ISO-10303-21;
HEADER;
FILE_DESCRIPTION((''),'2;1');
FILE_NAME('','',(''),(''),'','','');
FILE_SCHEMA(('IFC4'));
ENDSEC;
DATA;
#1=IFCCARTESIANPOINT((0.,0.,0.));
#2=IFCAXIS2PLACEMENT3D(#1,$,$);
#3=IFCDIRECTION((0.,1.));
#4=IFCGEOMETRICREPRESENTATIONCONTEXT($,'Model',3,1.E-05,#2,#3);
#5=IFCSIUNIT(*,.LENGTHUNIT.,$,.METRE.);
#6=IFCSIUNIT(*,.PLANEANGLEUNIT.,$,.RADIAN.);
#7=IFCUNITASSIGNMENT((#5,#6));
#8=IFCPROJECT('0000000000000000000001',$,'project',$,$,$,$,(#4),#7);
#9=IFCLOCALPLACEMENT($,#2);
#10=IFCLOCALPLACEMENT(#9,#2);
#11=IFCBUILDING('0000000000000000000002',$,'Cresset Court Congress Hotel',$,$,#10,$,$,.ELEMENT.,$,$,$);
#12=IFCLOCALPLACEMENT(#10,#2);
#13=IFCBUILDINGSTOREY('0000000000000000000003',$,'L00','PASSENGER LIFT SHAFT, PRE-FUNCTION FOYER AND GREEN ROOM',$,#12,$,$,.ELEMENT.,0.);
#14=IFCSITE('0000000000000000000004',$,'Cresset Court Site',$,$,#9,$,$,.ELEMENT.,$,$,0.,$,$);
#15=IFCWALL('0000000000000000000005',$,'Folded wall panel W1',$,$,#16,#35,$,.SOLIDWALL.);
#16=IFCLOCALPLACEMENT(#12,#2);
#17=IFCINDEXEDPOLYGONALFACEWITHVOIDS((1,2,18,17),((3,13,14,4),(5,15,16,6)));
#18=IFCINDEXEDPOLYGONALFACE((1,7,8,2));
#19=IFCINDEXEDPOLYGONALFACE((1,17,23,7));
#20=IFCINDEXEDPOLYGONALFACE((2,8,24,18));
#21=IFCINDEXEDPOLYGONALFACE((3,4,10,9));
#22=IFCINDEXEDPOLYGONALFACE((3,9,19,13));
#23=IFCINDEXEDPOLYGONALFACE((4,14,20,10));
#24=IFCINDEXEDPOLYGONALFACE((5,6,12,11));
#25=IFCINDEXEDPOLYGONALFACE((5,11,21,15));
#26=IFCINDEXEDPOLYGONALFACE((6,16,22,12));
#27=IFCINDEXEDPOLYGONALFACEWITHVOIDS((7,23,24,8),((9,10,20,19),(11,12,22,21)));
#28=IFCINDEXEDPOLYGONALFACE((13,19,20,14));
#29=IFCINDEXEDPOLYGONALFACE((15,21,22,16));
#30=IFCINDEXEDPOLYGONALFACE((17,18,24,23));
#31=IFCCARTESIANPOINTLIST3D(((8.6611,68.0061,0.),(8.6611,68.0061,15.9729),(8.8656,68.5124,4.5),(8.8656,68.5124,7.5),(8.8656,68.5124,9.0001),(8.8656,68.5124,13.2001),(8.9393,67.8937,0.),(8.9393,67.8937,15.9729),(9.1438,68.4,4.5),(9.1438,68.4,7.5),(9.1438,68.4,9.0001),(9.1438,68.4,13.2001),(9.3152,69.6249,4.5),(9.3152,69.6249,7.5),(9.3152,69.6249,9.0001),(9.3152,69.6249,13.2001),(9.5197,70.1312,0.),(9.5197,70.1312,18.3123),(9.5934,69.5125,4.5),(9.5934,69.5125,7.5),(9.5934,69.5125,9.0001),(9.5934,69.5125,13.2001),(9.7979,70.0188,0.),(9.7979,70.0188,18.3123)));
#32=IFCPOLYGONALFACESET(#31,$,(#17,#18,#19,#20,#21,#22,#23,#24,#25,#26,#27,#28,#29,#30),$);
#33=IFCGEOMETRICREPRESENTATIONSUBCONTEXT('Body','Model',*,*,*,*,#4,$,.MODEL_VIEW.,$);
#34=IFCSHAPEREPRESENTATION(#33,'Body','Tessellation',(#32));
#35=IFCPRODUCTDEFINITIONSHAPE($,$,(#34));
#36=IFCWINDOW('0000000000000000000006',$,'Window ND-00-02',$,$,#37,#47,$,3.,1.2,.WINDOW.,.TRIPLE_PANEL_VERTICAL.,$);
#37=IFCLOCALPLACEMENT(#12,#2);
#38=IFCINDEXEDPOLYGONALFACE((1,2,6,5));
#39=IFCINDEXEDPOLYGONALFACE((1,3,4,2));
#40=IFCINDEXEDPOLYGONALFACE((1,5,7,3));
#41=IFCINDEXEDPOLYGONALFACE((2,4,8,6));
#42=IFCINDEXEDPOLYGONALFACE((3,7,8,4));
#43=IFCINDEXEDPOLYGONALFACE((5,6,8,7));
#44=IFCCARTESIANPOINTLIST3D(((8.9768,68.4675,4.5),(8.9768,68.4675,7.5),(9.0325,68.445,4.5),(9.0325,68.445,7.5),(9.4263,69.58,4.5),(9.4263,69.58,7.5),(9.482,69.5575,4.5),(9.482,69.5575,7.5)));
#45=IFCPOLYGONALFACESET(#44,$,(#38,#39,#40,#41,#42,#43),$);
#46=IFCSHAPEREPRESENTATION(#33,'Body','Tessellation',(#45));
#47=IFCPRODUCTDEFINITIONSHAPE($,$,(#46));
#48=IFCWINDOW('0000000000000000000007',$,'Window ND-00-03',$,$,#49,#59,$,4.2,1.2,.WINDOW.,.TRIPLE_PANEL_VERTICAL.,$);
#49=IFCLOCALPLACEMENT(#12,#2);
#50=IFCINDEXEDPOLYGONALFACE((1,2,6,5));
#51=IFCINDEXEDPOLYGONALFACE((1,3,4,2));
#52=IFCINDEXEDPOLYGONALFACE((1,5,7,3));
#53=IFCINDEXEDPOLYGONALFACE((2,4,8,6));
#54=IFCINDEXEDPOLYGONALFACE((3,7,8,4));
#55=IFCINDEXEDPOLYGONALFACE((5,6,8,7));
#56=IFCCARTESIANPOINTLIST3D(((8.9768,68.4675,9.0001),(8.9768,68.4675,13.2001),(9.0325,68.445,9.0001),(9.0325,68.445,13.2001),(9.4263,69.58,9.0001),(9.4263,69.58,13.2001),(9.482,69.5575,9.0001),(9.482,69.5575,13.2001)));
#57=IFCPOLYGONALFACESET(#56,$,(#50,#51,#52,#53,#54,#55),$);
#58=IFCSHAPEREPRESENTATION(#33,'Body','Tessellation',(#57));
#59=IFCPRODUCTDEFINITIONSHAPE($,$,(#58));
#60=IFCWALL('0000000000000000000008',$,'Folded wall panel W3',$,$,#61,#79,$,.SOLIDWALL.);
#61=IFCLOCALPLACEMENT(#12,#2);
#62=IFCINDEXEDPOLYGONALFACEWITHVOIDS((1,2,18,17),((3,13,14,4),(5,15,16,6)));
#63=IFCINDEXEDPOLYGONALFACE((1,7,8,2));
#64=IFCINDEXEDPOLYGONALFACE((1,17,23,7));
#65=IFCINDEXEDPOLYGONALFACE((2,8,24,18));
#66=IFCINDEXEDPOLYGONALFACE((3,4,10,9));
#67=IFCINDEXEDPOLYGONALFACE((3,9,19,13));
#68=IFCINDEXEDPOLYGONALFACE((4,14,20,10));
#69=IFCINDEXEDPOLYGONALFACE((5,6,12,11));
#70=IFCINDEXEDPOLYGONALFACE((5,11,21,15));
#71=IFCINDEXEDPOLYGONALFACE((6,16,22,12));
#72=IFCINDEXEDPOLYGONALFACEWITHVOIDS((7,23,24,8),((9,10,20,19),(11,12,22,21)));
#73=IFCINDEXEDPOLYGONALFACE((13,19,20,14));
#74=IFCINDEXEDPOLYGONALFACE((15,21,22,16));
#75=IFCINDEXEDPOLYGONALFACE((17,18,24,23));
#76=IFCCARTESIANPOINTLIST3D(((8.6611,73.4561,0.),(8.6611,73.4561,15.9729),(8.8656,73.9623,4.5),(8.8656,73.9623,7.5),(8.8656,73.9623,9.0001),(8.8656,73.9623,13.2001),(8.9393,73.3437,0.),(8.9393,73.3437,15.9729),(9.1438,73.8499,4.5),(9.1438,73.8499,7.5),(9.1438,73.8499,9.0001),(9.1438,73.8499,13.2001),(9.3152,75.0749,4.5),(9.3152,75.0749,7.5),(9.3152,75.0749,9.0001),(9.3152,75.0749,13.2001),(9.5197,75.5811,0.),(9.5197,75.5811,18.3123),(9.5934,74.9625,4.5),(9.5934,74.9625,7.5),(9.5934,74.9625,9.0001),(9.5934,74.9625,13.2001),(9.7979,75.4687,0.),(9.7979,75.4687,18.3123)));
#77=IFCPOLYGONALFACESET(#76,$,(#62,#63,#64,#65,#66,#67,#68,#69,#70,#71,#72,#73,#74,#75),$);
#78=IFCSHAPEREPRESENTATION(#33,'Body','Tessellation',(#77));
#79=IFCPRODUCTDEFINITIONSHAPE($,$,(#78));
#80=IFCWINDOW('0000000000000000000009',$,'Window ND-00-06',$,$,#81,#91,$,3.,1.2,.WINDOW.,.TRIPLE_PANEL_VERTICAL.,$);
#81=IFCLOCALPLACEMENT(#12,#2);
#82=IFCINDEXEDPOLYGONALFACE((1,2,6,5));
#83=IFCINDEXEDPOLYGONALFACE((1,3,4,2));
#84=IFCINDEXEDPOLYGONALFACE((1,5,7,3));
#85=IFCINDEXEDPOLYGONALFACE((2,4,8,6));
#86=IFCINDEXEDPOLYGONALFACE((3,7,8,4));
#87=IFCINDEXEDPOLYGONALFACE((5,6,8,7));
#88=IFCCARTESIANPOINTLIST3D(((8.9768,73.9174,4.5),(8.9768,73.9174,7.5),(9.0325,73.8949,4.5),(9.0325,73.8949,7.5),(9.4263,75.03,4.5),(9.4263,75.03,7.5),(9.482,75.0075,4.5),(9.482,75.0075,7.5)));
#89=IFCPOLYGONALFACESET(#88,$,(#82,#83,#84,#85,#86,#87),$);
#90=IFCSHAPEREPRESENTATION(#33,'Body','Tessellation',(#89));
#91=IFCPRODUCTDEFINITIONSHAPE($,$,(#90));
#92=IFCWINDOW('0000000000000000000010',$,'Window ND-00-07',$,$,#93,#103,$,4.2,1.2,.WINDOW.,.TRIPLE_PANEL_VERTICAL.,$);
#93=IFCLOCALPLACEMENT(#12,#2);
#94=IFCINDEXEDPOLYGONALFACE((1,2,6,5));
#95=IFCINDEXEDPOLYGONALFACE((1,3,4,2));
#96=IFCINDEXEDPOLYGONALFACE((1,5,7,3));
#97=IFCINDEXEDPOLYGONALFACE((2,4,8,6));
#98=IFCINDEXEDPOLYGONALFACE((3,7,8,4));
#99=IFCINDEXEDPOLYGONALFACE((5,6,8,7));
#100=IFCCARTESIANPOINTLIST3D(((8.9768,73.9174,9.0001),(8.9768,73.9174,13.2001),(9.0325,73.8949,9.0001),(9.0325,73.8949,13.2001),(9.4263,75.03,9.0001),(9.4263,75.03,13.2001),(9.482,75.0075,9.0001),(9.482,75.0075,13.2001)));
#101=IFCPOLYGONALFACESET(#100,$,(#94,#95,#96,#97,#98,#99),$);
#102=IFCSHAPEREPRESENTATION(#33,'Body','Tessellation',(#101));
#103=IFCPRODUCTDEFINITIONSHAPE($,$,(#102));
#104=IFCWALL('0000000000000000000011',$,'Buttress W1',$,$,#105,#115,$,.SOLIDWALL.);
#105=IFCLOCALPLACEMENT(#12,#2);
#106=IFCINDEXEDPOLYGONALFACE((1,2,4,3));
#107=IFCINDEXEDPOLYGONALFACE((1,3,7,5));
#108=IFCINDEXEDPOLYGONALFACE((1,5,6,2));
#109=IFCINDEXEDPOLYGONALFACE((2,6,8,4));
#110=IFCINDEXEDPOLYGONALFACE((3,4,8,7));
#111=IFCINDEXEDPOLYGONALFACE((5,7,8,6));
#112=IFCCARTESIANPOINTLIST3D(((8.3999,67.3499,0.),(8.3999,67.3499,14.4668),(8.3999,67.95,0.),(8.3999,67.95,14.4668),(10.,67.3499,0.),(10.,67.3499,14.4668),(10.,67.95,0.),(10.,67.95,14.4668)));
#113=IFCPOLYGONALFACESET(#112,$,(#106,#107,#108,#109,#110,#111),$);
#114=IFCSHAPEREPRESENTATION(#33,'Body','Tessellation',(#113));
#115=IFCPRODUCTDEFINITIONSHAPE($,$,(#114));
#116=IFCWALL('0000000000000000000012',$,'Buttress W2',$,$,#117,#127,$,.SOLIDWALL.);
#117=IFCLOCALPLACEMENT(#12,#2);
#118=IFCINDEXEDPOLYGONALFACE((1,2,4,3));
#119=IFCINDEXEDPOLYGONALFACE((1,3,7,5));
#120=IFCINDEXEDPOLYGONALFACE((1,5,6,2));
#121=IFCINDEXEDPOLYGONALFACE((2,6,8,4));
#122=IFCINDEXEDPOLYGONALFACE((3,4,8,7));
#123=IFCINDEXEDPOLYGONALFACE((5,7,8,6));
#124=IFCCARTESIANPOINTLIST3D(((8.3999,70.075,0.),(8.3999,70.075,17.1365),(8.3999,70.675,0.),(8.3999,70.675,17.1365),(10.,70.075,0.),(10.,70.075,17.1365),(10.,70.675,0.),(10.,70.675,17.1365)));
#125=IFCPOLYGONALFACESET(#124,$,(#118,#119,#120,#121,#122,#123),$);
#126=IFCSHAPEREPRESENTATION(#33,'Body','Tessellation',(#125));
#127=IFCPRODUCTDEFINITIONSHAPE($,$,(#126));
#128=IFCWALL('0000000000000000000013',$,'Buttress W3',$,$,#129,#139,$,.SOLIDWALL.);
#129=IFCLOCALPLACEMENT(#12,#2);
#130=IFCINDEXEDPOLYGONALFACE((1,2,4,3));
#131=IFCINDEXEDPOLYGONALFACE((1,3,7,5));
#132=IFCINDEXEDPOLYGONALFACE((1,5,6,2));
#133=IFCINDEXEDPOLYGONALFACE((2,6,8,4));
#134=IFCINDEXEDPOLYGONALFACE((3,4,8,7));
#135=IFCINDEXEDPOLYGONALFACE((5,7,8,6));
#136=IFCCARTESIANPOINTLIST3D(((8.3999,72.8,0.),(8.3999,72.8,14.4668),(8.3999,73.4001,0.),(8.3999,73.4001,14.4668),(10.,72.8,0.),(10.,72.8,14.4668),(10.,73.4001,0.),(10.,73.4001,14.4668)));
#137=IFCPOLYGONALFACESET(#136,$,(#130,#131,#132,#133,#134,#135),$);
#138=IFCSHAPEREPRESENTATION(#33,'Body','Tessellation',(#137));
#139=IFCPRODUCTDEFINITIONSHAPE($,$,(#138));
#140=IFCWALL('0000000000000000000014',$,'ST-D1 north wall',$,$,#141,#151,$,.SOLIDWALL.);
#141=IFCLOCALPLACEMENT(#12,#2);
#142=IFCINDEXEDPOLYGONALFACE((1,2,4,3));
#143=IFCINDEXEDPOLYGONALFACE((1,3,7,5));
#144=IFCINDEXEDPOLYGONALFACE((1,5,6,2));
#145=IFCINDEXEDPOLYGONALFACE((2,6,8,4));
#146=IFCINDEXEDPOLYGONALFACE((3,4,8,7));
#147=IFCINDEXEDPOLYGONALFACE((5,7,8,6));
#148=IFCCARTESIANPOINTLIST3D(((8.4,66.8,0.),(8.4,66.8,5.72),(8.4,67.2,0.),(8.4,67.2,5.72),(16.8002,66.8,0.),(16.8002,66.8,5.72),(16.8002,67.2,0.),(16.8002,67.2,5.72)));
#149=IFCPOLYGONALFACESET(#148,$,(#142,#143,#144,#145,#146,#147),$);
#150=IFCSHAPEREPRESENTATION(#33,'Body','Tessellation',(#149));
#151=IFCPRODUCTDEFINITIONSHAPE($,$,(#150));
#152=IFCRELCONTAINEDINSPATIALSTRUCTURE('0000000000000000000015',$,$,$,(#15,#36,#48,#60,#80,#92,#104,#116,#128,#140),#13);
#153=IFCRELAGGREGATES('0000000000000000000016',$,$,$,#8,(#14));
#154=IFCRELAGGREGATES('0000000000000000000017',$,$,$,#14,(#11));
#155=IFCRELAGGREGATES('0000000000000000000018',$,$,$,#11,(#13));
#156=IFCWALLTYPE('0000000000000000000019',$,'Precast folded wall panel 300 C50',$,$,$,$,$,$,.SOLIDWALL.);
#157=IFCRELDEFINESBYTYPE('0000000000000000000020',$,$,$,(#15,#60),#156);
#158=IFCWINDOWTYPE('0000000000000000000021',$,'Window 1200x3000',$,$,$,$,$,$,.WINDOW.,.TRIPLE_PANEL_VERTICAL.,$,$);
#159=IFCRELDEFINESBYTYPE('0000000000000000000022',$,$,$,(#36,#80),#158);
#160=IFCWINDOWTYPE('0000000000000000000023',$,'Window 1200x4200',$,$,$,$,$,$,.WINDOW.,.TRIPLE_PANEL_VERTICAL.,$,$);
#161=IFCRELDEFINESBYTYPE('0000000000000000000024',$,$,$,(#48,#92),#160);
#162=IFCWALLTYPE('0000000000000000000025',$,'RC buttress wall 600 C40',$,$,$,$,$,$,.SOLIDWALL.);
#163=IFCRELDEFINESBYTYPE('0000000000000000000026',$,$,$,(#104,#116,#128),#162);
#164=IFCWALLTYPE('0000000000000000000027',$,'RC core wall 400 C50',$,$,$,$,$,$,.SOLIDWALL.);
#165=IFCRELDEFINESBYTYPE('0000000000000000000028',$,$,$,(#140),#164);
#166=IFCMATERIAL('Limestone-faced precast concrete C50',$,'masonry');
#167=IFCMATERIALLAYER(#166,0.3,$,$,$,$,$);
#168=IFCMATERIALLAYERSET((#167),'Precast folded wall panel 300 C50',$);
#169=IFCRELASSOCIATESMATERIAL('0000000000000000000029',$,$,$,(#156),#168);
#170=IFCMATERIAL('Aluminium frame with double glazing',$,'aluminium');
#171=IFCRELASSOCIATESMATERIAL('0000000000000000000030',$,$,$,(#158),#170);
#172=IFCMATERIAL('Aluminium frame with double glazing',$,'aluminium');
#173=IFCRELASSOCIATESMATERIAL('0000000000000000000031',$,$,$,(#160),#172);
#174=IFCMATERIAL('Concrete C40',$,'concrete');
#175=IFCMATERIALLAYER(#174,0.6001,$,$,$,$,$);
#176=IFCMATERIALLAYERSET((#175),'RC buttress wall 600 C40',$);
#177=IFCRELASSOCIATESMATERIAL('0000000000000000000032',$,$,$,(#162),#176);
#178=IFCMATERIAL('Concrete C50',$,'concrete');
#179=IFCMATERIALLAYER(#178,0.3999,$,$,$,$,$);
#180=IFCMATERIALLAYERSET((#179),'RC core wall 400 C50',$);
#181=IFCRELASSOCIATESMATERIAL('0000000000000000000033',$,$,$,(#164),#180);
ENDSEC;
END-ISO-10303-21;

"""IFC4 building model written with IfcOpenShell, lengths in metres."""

from ifc_helpers import new_model, si_unit, direction, frame, frame_2d, origin, place, context, subcontext, project, spatial, polyline, rectangle, outline, extrude, material, layer, layer_set, type_object, element, fill, save


model = new_model("IFC4")

# Units and contexts
model_context = context("Model", 3, precision=1e-05, world=origin(), true_north=direction((0.0, 1.0)))
body_context = subcontext(model_context, "Body", "Model", "MODEL_VIEW")
ifc_project = project(units=[si_unit("LENGTHUNIT", "METRE"), si_unit("PLANEANGLEUNIT", "RADIAN")], contexts=[model_context])

# Site, building, storey
site_placement = place(None, origin())
site = spatial("IfcSite", under=ifc_project, at=site_placement, Name="Cresset Court Site", CompositionType="ELEMENT", RefElevation=0.0)
building_placement = place(site_placement, origin())
building = spatial("IfcBuilding", under=site, at=building_placement, Name="Cresset Court Congress Hotel", CompositionType="ELEMENT")
storey_placement = place(building_placement, origin())
storey = spatial("IfcBuildingStorey", under=building, at=storey_placement, Name="L00", Description="PASSENGER LIFT SHAFT, PRE-FUNCTION FOYER AND GREEN ROOM", CompositionType="ELEMENT", Elevation=0.0)

# Walls, openings, windows
ifc_material_1 = material(Name="Limestone-faced precast concrete C50", Category="masonry")
ifc_layer_1 = layer(ifc_material_1, 0.3)
ifc_layer_set_1 = layer_set([ifc_layer_1], Name="Precast folded wall panel 300 C50")
wall_type_1 = type_object("IfcWallType", Name="Precast folded wall panel 300 C50", PredefinedType="SOLIDWALL", material=ifc_layer_set_1)
wall_1_placement = place(storey_placement, frame((8.8, 67.95, 0.0), z_axis=(0.0, 0.0, 1.0), x_axis=(0.374639, 0.927171, 0.0)))
wall_1 = element("IfcWall", 1, at=wall_1_placement, inside=storey, type_object=wall_type_1, Name="Folded wall panel W1", PredefinedType="SOLIDWALL", context=body_context, shape_type="SweptSolid", body=[
    extrude(outline(polyline([(0.0, 0.0), (2.292, 0.0), (2.292, 18.3123), (0.0, 15.9729), (0.0, 0.0)])), frame((0.0, 0.1499, 0.0), z_axis=(0.0, -1.0, 0.0), x_axis=(1.0, 0.0, 0.0)), (0.0, 0.0, 1.0), 0.3),
])
opening_1_placement = place(wall_1_placement, frame((0.5459, 0.0, 4.5)))
opening_1 = element("IfcOpeningElement", 2, at=opening_1_placement, cuts=wall_1, PredefinedType="OPENING", context=body_context, shape_type="SweptSolid", body=[
    extrude(rectangle(XDim=1.2, YDim=3.0, at=frame_2d((0.6001, 1.5))), frame((0.0, 0.1599, 0.0), z_axis=(0.0, -1.0, 0.0), x_axis=(1.0, 0.0, 0.0)), (0.0, 0.0, 1.0), 0.3201),
])
opening_2_placement = place(wall_1_placement, frame((0.5459, 0.0, 9.0)))
opening_2 = element("IfcOpeningElement", 3, at=opening_2_placement, cuts=wall_1, PredefinedType="OPENING", context=body_context, shape_type="SweptSolid", body=[
    extrude(rectangle(XDim=1.2, YDim=4.2, at=frame_2d((0.6001, 2.1001))), frame((0.0, 0.1599, 0.0), z_axis=(0.0, -1.0, 0.0), x_axis=(1.0, 0.0, 0.0)), (0.0, 0.0, 1.0), 0.3201),
])
ifc_material_2 = material(Name="Aluminium frame with double glazing", Category="aluminium")
window_type_1 = type_object("IfcWindowType", Name="Window 1200x3000", PartitioningType="TRIPLE_PANEL_VERTICAL", PredefinedType="WINDOW", material=ifc_material_2)
window_1_placement = place(opening_1_placement, origin())
window_1 = element("IfcWindow", 4, at=window_1_placement, inside=storey, type_object=window_type_1, Name="Window ND-00-02", OverallHeight=3.0, OverallWidth=1.2, PartitioningType="TRIPLE_PANEL_VERTICAL", PredefinedType="WINDOW", context=body_context, shape_type="SweptSolid", body=[
    extrude(rectangle(XDim=1.2, YDim=3.0, at=frame_2d((0.6001, 1.5))), frame((0.0, 0.03, 0.0), z_axis=(0.0, -1.0, 0.0), x_axis=(1.0, 0.0, 0.0)), (0.0, 0.0, 1.0), 0.0601),
])
fill(opening_1, window_1)
ifc_material_3 = material(Name="Aluminium frame with double glazing", Category="aluminium")
window_type_2 = type_object("IfcWindowType", Name="Window 1200x4200", PartitioningType="TRIPLE_PANEL_VERTICAL", PredefinedType="WINDOW", material=ifc_material_3)
window_2_placement = place(opening_2_placement, origin())
window_2 = element("IfcWindow", 5, at=window_2_placement, inside=storey, type_object=window_type_2, Name="Window ND-00-03", OverallHeight=4.2, OverallWidth=1.2, PartitioningType="TRIPLE_PANEL_VERTICAL", PredefinedType="WINDOW", context=body_context, shape_type="SweptSolid", body=[
    extrude(rectangle(XDim=1.2, YDim=4.2, at=frame_2d((0.6001, 2.1001))), frame((0.0, 0.03, 0.0), z_axis=(0.0, -1.0, 0.0), x_axis=(1.0, 0.0, 0.0)), (0.0, 0.0, 1.0), 0.0601),
])
fill(opening_2, window_2)
wall_2_placement = place(storey_placement, frame((8.8, 73.3999, 0.0), z_axis=(0.0, 0.0, 1.0), x_axis=(0.374639, 0.927171, 0.0)))
wall_2 = element("IfcWall", 6, at=wall_2_placement, inside=storey, type_object=wall_type_1, Name="Folded wall panel W3", PredefinedType="SOLIDWALL", context=body_context, shape_type="SweptSolid", body=[
    extrude(outline(polyline([(0.0, 0.0), (2.292, 0.0), (2.292, 18.3123), (0.0, 15.9729), (0.0, 0.0)])), frame((0.0, 0.1499, 0.0), z_axis=(0.0, -1.0, 0.0), x_axis=(1.0, 0.0, 0.0)), (0.0, 0.0, 1.0), 0.3),
])
opening_3_placement = place(wall_2_placement, frame((0.5459, 0.0, 4.5)))
opening_3 = element("IfcOpeningElement", 7, at=opening_3_placement, cuts=wall_2, PredefinedType="OPENING", context=body_context, shape_type="SweptSolid", body=[
    extrude(rectangle(XDim=1.2, YDim=3.0, at=frame_2d((0.6001, 1.5))), frame((0.0, 0.1599, 0.0), z_axis=(0.0, -1.0, 0.0), x_axis=(1.0, 0.0, 0.0)), (0.0, 0.0, 1.0), 0.3201),
])
opening_4_placement = place(wall_2_placement, frame((0.5459, 0.0, 9.0)))
opening_4 = element("IfcOpeningElement", 8, at=opening_4_placement, cuts=wall_2, PredefinedType="OPENING", context=body_context, shape_type="SweptSolid", body=[
    extrude(rectangle(XDim=1.2, YDim=4.2, at=frame_2d((0.6001, 2.1001))), frame((0.0, 0.1599, 0.0), z_axis=(0.0, -1.0, 0.0), x_axis=(1.0, 0.0, 0.0)), (0.0, 0.0, 1.0), 0.3201),
])
window_3_placement = place(opening_3_placement, origin())
window_3 = element("IfcWindow", 9, at=window_3_placement, inside=storey, type_object=window_type_1, Name="Window ND-00-06", OverallHeight=3.0, OverallWidth=1.2, PartitioningType="TRIPLE_PANEL_VERTICAL", PredefinedType="WINDOW", context=body_context, shape_type="SweptSolid", body=[
    extrude(rectangle(XDim=1.2, YDim=3.0, at=frame_2d((0.6001, 1.5))), frame((0.0, 0.03, 0.0), z_axis=(0.0, -1.0, 0.0), x_axis=(1.0, 0.0, 0.0)), (0.0, 0.0, 1.0), 0.0601),
])
fill(opening_3, window_3)
window_4_placement = place(opening_4_placement, origin())
window_4 = element("IfcWindow", 10, at=window_4_placement, inside=storey, type_object=window_type_2, Name="Window ND-00-07", OverallHeight=4.2, OverallWidth=1.2, PartitioningType="TRIPLE_PANEL_VERTICAL", PredefinedType="WINDOW", context=body_context, shape_type="SweptSolid", body=[
    extrude(rectangle(XDim=1.2, YDim=4.2, at=frame_2d((0.6001, 2.1001))), frame((0.0, 0.03, 0.0), z_axis=(0.0, -1.0, 0.0), x_axis=(1.0, 0.0, 0.0)), (0.0, 0.0, 1.0), 0.0601),
])
fill(opening_4, window_4)

# Walls
ifc_material_4 = material(Name="Concrete C40", Category="concrete")
ifc_layer_2 = layer(ifc_material_4, 0.6001)
ifc_layer_set_2 = layer_set([ifc_layer_2], Name="RC buttress wall 600 C40")
wall_type_2 = type_object("IfcWallType", Name="RC buttress wall 600 C40", PredefinedType="SOLIDWALL", material=ifc_layer_set_2)
wall_3_placement = place(storey_placement, frame((8.3999, 67.6499, 0.0), z_axis=(0.0, 0.0, 1.0), x_axis=(1.0, 0.0, 0.0)))
element("IfcWall", 11, at=wall_3_placement, inside=storey, type_object=wall_type_2, Name="Buttress W1", PredefinedType="SOLIDWALL", context=body_context, shape_type="SweptSolid", body=[
    extrude(rectangle(XDim=1.6001, YDim=0.6001, at=frame_2d((0.8, 0.0))), origin(), (0.0, 0.0, 1.0), 14.4668),
])
wall_4_placement = place(storey_placement, frame((8.3999, 70.375, 0.0), z_axis=(0.0, 0.0, 1.0), x_axis=(1.0, 0.0, 0.0)))
element("IfcWall", 12, at=wall_4_placement, inside=storey, type_object=wall_type_2, Name="Buttress W2", PredefinedType="SOLIDWALL", context=body_context, shape_type="SweptSolid", body=[
    extrude(rectangle(XDim=1.6001, YDim=0.6001, at=frame_2d((0.8, 0.0))), origin(), (0.0, 0.0, 1.0), 17.1365),
])
wall_5_placement = place(storey_placement, frame((8.3999, 73.1001, 0.0), z_axis=(0.0, 0.0, 1.0), x_axis=(1.0, 0.0, 0.0)))
element("IfcWall", 13, at=wall_5_placement, inside=storey, type_object=wall_type_2, Name="Buttress W3", PredefinedType="SOLIDWALL", context=body_context, shape_type="SweptSolid", body=[
    extrude(rectangle(XDim=1.6001, YDim=0.6001, at=frame_2d((0.8, 0.0))), origin(), (0.0, 0.0, 1.0), 14.4668),
])
ifc_material_5 = material(Name="Concrete C50", Category="concrete")
ifc_layer_3 = layer(ifc_material_5, 0.3999)
ifc_layer_set_3 = layer_set([ifc_layer_3], Name="RC core wall 400 C50")
wall_type_3 = type_object("IfcWallType", Name="RC core wall 400 C50", PredefinedType="SOLIDWALL", material=ifc_layer_set_3)
wall_6_placement = place(storey_placement, frame((8.3999, 67.0, 0.0), z_axis=(0.0, 0.0, 1.0), x_axis=(1.0, 0.0, 0.0)))
element("IfcWall", 14, at=wall_6_placement, inside=storey, type_object=wall_type_3, Name="ST-D1 north wall", PredefinedType="SOLIDWALL", context=body_context, shape_type="SweptSolid", body=[
    extrude(rectangle(XDim=8.4001, YDim=0.3999, at=frame_2d((4.2002, 0.0))), origin(), (0.0, 0.0, 1.0), 5.72),
])

save(model, "model.ifc")
